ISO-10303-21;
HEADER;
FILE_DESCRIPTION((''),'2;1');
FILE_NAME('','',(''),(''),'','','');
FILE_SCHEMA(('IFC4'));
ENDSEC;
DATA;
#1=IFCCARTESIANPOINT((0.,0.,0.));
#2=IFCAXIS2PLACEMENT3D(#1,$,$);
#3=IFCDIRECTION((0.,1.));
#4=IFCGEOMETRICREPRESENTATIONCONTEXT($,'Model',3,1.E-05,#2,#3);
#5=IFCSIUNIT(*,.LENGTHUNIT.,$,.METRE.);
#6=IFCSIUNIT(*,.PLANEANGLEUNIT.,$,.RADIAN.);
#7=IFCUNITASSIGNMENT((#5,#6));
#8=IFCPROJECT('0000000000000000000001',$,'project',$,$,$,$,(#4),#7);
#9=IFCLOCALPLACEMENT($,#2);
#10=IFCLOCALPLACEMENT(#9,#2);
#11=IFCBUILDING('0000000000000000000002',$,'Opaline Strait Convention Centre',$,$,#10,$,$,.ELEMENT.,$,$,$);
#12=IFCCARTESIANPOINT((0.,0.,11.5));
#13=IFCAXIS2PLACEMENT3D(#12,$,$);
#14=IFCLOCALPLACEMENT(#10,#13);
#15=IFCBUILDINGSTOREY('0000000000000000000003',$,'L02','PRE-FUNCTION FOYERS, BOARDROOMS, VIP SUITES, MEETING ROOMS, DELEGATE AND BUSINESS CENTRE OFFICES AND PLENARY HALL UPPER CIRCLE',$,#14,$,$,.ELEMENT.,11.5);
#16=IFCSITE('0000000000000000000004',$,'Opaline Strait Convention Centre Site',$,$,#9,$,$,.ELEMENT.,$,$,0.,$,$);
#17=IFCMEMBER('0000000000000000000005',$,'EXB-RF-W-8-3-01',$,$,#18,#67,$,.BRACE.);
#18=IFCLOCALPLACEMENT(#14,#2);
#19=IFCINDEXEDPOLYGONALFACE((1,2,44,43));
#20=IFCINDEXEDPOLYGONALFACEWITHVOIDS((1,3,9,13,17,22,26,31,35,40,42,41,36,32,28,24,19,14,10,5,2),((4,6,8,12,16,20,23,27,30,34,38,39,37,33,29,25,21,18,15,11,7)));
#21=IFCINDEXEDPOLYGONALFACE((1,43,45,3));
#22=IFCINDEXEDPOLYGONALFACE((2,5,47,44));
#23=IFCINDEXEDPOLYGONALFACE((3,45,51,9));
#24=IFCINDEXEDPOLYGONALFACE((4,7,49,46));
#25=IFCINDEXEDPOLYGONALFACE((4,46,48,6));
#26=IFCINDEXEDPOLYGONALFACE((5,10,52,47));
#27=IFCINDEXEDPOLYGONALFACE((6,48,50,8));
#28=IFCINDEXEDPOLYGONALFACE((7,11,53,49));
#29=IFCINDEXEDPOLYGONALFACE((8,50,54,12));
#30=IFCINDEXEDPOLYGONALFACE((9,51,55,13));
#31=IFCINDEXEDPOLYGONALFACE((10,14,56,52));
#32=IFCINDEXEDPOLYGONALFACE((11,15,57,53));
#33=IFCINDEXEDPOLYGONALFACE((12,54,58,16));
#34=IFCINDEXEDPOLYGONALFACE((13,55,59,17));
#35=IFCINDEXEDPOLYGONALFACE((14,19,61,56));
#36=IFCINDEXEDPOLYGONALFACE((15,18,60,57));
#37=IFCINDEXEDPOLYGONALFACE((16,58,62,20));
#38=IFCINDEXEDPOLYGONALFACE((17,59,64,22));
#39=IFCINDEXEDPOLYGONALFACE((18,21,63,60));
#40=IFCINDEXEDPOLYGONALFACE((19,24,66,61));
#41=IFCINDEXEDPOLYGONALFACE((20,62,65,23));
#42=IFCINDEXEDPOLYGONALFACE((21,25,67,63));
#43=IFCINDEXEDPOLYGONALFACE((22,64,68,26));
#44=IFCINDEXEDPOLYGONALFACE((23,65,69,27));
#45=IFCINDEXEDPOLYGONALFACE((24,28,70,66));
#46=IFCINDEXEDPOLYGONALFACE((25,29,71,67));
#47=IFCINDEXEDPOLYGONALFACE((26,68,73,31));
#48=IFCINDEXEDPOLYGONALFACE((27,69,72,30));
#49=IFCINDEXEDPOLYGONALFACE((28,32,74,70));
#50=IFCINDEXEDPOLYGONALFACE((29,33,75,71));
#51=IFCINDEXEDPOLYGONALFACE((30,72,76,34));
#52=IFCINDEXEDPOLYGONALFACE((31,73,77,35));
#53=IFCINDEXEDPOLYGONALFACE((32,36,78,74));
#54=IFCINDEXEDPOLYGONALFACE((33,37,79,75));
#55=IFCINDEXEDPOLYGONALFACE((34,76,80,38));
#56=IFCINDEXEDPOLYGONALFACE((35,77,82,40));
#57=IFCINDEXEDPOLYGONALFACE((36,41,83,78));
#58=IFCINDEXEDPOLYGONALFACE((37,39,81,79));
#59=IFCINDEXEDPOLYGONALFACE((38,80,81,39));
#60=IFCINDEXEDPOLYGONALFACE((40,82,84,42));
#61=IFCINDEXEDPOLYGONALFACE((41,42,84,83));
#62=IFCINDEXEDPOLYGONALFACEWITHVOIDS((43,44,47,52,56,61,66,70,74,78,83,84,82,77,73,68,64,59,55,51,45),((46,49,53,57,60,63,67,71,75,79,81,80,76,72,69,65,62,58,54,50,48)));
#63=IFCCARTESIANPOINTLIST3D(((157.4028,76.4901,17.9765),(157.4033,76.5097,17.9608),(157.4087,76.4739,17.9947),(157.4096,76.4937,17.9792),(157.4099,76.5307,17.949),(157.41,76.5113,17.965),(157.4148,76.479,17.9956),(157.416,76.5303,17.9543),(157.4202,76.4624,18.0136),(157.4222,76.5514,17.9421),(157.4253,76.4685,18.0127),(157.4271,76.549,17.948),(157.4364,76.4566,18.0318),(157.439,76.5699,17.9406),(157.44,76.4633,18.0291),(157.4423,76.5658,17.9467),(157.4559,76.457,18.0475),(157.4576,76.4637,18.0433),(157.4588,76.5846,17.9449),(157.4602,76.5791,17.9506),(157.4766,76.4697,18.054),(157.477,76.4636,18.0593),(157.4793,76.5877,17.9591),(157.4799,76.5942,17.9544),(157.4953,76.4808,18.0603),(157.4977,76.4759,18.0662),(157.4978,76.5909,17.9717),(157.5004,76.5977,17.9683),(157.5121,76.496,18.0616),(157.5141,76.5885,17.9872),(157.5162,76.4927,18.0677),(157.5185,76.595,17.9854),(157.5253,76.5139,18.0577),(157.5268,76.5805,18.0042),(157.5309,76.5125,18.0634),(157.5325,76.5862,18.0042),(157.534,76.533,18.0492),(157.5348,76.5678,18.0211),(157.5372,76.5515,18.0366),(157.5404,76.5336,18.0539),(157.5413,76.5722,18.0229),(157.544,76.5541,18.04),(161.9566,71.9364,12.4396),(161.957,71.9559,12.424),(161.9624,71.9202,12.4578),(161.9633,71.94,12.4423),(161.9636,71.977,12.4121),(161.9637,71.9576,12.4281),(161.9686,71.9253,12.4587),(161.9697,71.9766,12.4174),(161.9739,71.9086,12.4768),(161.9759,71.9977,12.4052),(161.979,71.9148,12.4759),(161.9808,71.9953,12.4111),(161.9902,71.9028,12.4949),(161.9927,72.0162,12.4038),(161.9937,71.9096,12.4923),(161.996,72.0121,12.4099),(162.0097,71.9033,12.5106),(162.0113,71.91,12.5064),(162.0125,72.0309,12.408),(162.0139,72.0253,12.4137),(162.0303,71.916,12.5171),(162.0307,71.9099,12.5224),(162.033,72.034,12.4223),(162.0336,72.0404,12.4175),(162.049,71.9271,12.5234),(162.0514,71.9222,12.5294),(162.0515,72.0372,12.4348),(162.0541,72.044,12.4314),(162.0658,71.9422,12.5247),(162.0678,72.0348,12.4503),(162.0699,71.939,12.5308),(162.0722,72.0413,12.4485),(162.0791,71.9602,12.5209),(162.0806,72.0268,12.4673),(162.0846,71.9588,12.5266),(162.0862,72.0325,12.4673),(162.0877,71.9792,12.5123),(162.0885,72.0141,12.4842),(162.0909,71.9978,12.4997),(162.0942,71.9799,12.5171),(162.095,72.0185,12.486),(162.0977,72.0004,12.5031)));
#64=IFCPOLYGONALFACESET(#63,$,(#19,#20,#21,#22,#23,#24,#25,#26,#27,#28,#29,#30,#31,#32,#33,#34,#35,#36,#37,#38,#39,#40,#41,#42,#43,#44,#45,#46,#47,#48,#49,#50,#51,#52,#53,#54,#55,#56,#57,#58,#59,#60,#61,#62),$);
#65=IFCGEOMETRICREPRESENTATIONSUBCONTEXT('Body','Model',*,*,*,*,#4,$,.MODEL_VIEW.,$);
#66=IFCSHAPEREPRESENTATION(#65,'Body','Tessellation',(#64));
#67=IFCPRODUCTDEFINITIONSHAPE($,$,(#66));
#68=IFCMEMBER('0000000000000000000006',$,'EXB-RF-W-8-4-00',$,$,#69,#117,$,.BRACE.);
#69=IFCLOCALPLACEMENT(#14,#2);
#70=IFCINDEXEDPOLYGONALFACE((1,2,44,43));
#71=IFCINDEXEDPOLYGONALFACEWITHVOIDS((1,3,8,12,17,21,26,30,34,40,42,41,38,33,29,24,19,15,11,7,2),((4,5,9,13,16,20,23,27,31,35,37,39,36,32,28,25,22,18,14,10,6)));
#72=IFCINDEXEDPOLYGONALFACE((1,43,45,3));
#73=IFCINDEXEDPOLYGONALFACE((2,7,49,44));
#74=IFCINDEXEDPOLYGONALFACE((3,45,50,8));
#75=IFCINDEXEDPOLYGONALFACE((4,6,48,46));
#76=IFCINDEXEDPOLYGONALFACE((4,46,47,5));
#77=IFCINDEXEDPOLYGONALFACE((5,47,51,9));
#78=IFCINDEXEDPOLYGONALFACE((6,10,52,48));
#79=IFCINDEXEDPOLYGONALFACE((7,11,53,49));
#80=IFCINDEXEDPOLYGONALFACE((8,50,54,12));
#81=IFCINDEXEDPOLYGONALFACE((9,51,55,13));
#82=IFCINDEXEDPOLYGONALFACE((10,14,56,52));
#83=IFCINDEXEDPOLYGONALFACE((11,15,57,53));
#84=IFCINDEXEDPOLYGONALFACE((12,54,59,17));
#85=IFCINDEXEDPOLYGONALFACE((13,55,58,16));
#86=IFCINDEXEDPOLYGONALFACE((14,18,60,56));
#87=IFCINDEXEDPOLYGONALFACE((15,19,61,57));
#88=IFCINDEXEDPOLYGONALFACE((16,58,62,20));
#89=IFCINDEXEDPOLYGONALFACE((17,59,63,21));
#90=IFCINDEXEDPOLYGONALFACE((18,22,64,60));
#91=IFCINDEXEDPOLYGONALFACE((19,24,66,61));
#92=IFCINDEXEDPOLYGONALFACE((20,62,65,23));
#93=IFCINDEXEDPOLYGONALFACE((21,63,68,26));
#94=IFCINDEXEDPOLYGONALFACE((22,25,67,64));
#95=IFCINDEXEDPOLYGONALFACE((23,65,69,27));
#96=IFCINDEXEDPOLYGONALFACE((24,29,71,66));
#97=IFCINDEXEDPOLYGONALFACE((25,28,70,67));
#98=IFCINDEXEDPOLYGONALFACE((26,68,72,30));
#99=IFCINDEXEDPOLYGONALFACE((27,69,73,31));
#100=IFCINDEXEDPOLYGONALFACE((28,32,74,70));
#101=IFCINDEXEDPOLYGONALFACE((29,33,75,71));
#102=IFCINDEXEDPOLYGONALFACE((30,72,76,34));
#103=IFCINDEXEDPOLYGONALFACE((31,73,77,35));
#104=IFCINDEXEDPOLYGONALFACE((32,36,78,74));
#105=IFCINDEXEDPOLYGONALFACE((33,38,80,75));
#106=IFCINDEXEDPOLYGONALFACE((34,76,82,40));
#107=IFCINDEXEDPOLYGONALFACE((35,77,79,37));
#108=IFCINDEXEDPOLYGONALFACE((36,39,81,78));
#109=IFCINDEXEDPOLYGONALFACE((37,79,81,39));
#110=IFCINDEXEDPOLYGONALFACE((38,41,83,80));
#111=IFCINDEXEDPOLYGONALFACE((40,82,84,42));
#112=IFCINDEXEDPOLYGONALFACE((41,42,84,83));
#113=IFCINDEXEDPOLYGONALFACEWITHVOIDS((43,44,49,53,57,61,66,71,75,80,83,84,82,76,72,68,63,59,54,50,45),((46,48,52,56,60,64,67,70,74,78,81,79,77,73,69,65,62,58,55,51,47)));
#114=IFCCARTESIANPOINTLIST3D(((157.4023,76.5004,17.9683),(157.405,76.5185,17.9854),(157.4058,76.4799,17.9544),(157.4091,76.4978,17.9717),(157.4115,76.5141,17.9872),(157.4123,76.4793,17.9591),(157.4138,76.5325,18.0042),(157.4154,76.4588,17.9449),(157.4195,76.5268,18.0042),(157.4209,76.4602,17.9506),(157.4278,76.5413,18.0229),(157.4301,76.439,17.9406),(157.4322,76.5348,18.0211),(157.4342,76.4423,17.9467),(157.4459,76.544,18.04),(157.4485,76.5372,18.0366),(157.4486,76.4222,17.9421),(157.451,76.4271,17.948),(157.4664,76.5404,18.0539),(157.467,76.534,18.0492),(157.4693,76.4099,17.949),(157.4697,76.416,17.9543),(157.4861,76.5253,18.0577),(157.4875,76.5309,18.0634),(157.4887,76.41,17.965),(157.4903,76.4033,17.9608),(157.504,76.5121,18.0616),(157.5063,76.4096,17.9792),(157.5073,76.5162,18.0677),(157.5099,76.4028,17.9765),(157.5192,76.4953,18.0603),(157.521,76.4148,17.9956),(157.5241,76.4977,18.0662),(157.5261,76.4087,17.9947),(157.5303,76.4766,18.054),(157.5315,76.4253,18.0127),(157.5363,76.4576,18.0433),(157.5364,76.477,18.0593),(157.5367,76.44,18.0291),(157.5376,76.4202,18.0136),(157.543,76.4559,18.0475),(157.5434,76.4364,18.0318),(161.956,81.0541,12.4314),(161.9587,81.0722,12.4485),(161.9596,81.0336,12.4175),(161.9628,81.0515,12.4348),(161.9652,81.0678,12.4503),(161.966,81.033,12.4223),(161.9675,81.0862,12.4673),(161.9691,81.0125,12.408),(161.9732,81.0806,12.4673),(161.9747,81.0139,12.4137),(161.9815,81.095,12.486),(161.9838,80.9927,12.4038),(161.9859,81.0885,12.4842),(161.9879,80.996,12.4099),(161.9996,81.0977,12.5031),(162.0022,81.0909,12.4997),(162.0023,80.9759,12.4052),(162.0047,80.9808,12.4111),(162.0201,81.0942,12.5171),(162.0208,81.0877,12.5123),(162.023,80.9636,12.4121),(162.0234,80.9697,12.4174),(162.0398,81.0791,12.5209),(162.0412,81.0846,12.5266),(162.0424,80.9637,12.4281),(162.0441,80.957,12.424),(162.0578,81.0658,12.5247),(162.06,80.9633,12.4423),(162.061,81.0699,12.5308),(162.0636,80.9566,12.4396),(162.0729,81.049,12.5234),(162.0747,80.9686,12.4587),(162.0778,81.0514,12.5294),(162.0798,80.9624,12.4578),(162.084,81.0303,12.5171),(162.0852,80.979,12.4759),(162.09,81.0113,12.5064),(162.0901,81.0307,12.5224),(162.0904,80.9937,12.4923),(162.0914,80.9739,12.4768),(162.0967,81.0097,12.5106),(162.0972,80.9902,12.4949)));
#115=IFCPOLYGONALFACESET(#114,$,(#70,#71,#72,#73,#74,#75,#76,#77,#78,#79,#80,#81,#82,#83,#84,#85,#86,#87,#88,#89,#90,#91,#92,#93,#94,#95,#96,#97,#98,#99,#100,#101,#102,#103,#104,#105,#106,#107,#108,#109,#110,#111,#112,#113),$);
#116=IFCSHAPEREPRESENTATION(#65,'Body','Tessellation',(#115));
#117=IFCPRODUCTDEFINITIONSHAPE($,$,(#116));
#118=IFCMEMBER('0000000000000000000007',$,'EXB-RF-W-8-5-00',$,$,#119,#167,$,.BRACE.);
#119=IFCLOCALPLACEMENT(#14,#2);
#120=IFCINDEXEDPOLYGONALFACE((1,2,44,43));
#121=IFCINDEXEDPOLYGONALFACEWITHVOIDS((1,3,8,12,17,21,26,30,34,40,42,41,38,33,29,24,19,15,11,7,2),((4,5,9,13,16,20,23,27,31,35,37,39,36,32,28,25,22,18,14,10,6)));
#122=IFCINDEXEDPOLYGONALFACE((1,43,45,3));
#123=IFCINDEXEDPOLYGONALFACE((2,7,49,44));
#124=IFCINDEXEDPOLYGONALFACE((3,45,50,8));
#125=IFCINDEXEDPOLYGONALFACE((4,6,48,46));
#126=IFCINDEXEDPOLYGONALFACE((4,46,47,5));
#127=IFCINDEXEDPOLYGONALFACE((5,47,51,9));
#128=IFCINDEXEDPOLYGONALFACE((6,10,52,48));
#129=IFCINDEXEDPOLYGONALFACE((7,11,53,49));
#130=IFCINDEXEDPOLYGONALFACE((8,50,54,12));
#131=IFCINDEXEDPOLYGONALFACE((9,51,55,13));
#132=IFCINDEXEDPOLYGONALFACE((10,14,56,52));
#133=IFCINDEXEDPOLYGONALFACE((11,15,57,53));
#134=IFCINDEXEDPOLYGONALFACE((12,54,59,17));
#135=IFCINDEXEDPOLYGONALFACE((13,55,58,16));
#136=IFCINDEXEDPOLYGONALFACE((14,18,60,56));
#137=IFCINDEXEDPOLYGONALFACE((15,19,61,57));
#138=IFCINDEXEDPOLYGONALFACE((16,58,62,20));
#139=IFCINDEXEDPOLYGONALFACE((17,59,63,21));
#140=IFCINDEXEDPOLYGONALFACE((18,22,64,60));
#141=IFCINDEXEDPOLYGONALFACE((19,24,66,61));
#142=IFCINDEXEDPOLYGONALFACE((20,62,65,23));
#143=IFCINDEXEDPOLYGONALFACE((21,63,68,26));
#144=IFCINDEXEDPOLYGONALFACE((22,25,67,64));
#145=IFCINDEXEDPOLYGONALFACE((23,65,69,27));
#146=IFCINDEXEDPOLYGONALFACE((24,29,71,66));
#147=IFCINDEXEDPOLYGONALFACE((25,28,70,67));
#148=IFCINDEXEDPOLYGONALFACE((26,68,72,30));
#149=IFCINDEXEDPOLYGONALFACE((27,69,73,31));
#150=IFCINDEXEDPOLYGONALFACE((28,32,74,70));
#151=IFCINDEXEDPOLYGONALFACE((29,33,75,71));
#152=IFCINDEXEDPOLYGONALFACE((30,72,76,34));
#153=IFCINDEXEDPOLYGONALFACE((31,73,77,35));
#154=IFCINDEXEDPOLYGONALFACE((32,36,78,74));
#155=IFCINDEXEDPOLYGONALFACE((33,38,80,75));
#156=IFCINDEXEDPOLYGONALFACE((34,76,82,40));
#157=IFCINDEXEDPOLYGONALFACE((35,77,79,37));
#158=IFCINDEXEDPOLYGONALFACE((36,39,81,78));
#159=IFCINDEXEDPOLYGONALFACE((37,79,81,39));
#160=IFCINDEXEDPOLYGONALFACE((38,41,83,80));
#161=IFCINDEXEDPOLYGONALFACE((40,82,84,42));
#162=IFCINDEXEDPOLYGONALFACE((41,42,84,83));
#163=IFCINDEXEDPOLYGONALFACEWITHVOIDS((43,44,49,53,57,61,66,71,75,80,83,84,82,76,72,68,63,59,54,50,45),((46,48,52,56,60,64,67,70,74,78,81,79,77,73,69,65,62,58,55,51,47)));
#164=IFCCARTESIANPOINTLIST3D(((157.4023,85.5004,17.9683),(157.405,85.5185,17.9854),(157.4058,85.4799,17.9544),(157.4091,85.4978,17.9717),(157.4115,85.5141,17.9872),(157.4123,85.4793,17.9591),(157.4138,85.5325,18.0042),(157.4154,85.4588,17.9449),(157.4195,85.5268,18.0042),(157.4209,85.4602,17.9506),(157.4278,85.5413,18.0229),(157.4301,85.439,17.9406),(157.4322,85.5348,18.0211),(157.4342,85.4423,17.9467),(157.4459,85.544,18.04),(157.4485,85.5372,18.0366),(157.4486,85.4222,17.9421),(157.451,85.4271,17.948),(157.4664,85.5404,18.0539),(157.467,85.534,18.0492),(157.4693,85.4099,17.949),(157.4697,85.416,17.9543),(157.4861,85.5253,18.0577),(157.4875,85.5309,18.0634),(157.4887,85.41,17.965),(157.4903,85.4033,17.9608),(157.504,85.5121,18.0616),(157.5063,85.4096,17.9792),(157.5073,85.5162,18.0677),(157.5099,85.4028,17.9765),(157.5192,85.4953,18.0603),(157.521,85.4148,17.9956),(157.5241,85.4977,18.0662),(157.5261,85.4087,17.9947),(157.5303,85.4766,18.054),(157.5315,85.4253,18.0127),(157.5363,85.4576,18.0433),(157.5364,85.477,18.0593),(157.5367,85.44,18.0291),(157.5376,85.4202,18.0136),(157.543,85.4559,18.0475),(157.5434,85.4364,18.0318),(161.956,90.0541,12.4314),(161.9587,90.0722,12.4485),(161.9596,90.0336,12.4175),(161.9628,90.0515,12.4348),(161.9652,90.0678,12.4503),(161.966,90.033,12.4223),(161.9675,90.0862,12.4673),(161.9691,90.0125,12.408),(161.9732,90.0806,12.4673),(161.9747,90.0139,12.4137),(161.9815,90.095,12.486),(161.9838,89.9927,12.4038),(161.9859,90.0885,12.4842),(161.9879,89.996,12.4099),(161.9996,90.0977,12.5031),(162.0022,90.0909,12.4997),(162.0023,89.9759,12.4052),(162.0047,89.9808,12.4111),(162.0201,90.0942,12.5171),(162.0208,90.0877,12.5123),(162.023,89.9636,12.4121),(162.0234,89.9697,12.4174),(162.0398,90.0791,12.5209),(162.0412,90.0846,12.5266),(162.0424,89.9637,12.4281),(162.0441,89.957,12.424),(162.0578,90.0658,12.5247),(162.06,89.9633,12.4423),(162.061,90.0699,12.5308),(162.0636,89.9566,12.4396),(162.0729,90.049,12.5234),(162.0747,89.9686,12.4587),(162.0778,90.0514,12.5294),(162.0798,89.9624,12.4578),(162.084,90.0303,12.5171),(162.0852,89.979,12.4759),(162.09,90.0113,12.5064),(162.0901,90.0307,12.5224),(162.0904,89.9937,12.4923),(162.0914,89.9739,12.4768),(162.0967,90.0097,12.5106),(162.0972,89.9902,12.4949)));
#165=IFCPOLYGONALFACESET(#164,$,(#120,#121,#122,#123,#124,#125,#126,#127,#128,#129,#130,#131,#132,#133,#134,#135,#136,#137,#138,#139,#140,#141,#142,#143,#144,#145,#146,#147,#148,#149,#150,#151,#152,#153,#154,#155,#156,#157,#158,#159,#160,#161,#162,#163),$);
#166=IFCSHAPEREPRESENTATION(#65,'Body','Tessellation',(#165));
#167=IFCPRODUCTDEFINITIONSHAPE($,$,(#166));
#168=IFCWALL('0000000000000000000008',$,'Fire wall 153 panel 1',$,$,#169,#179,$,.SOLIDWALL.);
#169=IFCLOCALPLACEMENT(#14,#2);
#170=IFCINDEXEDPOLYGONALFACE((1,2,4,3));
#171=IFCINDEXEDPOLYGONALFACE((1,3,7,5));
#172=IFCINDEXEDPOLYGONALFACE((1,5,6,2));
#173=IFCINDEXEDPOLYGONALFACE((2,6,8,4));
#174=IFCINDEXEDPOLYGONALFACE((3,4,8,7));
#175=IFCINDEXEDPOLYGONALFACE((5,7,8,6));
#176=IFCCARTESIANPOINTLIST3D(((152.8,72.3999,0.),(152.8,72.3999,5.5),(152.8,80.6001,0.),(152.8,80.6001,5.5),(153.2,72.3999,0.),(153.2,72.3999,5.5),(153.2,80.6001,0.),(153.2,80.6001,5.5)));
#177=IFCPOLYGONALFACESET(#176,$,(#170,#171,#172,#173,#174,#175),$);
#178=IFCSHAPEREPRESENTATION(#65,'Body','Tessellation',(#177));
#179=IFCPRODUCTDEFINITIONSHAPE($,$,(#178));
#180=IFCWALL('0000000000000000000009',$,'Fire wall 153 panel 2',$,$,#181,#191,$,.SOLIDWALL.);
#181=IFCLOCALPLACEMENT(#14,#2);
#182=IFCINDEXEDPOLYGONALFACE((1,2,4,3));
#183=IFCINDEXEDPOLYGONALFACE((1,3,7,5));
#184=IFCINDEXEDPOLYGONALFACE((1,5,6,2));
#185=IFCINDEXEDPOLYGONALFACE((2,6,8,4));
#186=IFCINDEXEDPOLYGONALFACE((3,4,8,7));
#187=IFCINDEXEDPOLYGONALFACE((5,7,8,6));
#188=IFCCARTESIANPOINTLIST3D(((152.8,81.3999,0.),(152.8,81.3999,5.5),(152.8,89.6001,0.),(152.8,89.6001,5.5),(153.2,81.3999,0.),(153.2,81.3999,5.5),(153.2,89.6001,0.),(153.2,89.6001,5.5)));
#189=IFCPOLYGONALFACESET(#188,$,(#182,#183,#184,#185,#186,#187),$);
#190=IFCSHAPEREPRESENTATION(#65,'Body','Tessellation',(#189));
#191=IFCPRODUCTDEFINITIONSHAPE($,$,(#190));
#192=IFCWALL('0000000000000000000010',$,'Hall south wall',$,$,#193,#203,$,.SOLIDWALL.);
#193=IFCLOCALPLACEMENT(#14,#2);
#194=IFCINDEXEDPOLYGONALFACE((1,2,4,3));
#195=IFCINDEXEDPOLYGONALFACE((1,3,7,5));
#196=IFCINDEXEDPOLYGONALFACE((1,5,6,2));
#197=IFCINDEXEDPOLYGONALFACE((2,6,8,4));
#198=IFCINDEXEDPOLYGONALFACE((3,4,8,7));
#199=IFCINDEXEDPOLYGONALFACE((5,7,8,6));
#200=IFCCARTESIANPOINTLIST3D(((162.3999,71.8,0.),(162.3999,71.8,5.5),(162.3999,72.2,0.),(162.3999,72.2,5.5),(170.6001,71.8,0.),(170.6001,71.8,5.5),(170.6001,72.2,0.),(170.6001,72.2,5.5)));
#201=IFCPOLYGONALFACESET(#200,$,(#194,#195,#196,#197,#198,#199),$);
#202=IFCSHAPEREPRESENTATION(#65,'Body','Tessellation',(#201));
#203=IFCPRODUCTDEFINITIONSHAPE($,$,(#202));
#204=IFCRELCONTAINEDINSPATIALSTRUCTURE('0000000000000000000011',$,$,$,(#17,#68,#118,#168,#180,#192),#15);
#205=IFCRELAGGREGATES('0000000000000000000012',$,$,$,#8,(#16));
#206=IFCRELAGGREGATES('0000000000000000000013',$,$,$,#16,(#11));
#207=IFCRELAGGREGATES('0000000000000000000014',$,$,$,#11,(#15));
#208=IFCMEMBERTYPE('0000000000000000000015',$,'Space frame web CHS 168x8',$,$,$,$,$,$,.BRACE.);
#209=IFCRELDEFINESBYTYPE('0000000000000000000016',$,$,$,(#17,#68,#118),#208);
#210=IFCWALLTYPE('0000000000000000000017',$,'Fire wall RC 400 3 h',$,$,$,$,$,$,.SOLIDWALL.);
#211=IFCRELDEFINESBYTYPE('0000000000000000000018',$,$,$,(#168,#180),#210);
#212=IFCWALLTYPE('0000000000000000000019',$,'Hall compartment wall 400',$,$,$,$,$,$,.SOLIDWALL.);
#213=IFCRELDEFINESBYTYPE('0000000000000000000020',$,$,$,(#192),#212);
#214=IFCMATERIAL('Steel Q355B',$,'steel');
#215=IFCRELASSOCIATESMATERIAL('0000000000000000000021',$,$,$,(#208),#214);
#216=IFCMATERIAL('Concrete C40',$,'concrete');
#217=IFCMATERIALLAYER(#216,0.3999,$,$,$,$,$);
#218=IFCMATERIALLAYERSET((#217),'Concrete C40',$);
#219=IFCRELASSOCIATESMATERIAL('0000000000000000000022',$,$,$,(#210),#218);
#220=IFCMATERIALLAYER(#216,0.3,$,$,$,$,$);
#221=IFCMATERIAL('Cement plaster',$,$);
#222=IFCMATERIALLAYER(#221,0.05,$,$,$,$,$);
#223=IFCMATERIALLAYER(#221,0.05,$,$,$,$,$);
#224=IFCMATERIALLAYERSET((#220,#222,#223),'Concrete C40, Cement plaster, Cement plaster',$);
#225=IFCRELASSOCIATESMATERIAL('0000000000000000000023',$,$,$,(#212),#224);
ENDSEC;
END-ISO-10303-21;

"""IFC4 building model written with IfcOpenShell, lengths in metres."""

from ifc_helpers import new_model, si_unit, direction, frame, frame_2d, origin, origin_2d, place, context, subcontext, project, spatial, rectangle, hollow_circle, extrude, material, layer, layer_set, material_profile, profile_set, type_object, element, save


model = new_model("IFC4")

# Units and contexts
model_context = context("Model", 3, precision=1e-05, world=origin(), true_north=direction((0.0, 1.0)))
body_context = subcontext(model_context, "Body", "Model", "MODEL_VIEW")
ifc_project = project(units=[si_unit("LENGTHUNIT", "METRE"), si_unit("PLANEANGLEUNIT", "RADIAN")], contexts=[model_context])

# Site, building, storey
site_placement = place(None, origin())
site = spatial("IfcSite", under=ifc_project, at=site_placement, Name="Opaline Strait Convention Centre Site", CompositionType="ELEMENT", RefElevation=0.0)
building_placement = place(site_placement, origin())
building = spatial("IfcBuilding", under=site, at=building_placement, Name="Opaline Strait Convention Centre", CompositionType="ELEMENT")
storey_placement = place(building_placement, frame((0.0, 0.0, 11.5)))
storey = spatial("IfcBuildingStorey", under=building, at=storey_placement, Name="L02", Description="PRE-FUNCTION FOYERS, BOARDROOMS, VIP SUITES, MEETING ROOMS, DELEGATE AND BUSINESS CENTRE OFFICES AND PLENARY HALL UPPER CIRCLE", CompositionType="ELEMENT", Elevation=11.5)

# Shared definitions
ifc_material_1 = material(Name="Concrete C40", Category="concrete")

# Members
ifc_material_2 = material(Name="Steel Q355B", Category="steel")
ifc_material_profile_1 = material_profile(ifc_material_2, hollow_circle(Radius=0.084, WallThickness=0.0081, at=origin_2d()), Name="CHS 168x8")
ifc_profile_set_1 = profile_set([ifc_material_profile_1], Name="Steel Q355B")
member_type_1 = type_object("IfcMemberType", Name="Space frame web CHS 168x8", PredefinedType="BRACE", material=ifc_profile_set_1)
for number, where, z_axis, x_axis, name in (
    (1, (157.4731, 76.5269, 18.0042), (0.536178, -0.536178, -0.65194), (0.707107, 0.707107, 0.0), "EXB-RF-W-8-3-01"),
    (2, (157.4731, 76.4731, 18.0042), (0.536178, 0.536178, -0.65194), (-0.707107, 0.707107, 0.0), "EXB-RF-W-8-4-00"),
    (3, (157.4731, 85.4731, 18.0042), (0.536178, 0.536178, -0.65194), (-0.707107, 0.707107, 0.0), "EXB-RF-W-8-5-00"),
):
    element("IfcMember", number, at=place(storey_placement, frame(where, z_axis=z_axis, x_axis=x_axis)), inside=storey, type_object=member_type_1, Name=name, PredefinedType="BRACE", context=body_context, shape_type="SweptSolid", body=[
        extrude(hollow_circle(Radius=0.084, WallThickness=0.0081, at=origin_2d()), origin(), (0.0, 0.0, 1.0), 8.4929),
    ])

# Walls
ifc_layer_1 = layer(ifc_material_1, 0.3999)
ifc_layer_set_1 = layer_set([ifc_layer_1], Name="Concrete C40")
wall_type_1 = type_object("IfcWallType", Name="Fire wall RC 400 3 h", PredefinedType="SOLIDWALL", material=ifc_layer_set_1)
for number, where, z_axis, x_axis, name in (
    (4, (153.0, 72.3999, 0.0), (0.0, 0.0, 1.0), (0.0, 1.0, 0.0), "Fire wall 153 panel 1"),
    (5, (153.0, 81.3999, 0.0), (0.0, 0.0, 1.0), (0.0, 1.0, 0.0), "Fire wall 153 panel 2"),
):
    element("IfcWall", number, at=place(storey_placement, frame(where, z_axis=z_axis, x_axis=x_axis)), inside=storey, type_object=wall_type_1, Name=name, PredefinedType="SOLIDWALL", context=body_context, shape_type="SweptSolid", body=[
        extrude(rectangle(XDim=8.2002, YDim=0.3999, at=frame_2d((4.1001, 0.0))), origin(), (0.0, 0.0, 1.0), 5.5),
    ])
ifc_layer_2 = layer(ifc_material_1, 0.3)
ifc_material_3 = material(Name="Cement plaster")
ifc_layer_3 = layer(ifc_material_3, 0.05)
ifc_layer_4 = layer(ifc_material_3, 0.05)
ifc_layer_set_2 = layer_set([ifc_layer_2, ifc_layer_3, ifc_layer_4], Name="Concrete C40, Cement plaster, Cement plaster")
wall_type_2 = type_object("IfcWallType", Name="Hall compartment wall 400", PredefinedType="SOLIDWALL", material=ifc_layer_set_2)
wall_placement = place(storey_placement, frame((162.3999, 72.0, 0.0), z_axis=(0.0, 0.0, 1.0), x_axis=(1.0, 0.0, 0.0)))
element("IfcWall", 6, at=wall_placement, inside=storey, type_object=wall_type_2, Name="Hall south wall", PredefinedType="SOLIDWALL", context=body_context, shape_type="SweptSolid", body=[
    extrude(rectangle(XDim=8.2002, YDim=0.3999, at=frame_2d((4.1001, 0.0))), origin(), (0.0, 0.0, 1.0), 5.5),
])

save(model, "model.ifc")
